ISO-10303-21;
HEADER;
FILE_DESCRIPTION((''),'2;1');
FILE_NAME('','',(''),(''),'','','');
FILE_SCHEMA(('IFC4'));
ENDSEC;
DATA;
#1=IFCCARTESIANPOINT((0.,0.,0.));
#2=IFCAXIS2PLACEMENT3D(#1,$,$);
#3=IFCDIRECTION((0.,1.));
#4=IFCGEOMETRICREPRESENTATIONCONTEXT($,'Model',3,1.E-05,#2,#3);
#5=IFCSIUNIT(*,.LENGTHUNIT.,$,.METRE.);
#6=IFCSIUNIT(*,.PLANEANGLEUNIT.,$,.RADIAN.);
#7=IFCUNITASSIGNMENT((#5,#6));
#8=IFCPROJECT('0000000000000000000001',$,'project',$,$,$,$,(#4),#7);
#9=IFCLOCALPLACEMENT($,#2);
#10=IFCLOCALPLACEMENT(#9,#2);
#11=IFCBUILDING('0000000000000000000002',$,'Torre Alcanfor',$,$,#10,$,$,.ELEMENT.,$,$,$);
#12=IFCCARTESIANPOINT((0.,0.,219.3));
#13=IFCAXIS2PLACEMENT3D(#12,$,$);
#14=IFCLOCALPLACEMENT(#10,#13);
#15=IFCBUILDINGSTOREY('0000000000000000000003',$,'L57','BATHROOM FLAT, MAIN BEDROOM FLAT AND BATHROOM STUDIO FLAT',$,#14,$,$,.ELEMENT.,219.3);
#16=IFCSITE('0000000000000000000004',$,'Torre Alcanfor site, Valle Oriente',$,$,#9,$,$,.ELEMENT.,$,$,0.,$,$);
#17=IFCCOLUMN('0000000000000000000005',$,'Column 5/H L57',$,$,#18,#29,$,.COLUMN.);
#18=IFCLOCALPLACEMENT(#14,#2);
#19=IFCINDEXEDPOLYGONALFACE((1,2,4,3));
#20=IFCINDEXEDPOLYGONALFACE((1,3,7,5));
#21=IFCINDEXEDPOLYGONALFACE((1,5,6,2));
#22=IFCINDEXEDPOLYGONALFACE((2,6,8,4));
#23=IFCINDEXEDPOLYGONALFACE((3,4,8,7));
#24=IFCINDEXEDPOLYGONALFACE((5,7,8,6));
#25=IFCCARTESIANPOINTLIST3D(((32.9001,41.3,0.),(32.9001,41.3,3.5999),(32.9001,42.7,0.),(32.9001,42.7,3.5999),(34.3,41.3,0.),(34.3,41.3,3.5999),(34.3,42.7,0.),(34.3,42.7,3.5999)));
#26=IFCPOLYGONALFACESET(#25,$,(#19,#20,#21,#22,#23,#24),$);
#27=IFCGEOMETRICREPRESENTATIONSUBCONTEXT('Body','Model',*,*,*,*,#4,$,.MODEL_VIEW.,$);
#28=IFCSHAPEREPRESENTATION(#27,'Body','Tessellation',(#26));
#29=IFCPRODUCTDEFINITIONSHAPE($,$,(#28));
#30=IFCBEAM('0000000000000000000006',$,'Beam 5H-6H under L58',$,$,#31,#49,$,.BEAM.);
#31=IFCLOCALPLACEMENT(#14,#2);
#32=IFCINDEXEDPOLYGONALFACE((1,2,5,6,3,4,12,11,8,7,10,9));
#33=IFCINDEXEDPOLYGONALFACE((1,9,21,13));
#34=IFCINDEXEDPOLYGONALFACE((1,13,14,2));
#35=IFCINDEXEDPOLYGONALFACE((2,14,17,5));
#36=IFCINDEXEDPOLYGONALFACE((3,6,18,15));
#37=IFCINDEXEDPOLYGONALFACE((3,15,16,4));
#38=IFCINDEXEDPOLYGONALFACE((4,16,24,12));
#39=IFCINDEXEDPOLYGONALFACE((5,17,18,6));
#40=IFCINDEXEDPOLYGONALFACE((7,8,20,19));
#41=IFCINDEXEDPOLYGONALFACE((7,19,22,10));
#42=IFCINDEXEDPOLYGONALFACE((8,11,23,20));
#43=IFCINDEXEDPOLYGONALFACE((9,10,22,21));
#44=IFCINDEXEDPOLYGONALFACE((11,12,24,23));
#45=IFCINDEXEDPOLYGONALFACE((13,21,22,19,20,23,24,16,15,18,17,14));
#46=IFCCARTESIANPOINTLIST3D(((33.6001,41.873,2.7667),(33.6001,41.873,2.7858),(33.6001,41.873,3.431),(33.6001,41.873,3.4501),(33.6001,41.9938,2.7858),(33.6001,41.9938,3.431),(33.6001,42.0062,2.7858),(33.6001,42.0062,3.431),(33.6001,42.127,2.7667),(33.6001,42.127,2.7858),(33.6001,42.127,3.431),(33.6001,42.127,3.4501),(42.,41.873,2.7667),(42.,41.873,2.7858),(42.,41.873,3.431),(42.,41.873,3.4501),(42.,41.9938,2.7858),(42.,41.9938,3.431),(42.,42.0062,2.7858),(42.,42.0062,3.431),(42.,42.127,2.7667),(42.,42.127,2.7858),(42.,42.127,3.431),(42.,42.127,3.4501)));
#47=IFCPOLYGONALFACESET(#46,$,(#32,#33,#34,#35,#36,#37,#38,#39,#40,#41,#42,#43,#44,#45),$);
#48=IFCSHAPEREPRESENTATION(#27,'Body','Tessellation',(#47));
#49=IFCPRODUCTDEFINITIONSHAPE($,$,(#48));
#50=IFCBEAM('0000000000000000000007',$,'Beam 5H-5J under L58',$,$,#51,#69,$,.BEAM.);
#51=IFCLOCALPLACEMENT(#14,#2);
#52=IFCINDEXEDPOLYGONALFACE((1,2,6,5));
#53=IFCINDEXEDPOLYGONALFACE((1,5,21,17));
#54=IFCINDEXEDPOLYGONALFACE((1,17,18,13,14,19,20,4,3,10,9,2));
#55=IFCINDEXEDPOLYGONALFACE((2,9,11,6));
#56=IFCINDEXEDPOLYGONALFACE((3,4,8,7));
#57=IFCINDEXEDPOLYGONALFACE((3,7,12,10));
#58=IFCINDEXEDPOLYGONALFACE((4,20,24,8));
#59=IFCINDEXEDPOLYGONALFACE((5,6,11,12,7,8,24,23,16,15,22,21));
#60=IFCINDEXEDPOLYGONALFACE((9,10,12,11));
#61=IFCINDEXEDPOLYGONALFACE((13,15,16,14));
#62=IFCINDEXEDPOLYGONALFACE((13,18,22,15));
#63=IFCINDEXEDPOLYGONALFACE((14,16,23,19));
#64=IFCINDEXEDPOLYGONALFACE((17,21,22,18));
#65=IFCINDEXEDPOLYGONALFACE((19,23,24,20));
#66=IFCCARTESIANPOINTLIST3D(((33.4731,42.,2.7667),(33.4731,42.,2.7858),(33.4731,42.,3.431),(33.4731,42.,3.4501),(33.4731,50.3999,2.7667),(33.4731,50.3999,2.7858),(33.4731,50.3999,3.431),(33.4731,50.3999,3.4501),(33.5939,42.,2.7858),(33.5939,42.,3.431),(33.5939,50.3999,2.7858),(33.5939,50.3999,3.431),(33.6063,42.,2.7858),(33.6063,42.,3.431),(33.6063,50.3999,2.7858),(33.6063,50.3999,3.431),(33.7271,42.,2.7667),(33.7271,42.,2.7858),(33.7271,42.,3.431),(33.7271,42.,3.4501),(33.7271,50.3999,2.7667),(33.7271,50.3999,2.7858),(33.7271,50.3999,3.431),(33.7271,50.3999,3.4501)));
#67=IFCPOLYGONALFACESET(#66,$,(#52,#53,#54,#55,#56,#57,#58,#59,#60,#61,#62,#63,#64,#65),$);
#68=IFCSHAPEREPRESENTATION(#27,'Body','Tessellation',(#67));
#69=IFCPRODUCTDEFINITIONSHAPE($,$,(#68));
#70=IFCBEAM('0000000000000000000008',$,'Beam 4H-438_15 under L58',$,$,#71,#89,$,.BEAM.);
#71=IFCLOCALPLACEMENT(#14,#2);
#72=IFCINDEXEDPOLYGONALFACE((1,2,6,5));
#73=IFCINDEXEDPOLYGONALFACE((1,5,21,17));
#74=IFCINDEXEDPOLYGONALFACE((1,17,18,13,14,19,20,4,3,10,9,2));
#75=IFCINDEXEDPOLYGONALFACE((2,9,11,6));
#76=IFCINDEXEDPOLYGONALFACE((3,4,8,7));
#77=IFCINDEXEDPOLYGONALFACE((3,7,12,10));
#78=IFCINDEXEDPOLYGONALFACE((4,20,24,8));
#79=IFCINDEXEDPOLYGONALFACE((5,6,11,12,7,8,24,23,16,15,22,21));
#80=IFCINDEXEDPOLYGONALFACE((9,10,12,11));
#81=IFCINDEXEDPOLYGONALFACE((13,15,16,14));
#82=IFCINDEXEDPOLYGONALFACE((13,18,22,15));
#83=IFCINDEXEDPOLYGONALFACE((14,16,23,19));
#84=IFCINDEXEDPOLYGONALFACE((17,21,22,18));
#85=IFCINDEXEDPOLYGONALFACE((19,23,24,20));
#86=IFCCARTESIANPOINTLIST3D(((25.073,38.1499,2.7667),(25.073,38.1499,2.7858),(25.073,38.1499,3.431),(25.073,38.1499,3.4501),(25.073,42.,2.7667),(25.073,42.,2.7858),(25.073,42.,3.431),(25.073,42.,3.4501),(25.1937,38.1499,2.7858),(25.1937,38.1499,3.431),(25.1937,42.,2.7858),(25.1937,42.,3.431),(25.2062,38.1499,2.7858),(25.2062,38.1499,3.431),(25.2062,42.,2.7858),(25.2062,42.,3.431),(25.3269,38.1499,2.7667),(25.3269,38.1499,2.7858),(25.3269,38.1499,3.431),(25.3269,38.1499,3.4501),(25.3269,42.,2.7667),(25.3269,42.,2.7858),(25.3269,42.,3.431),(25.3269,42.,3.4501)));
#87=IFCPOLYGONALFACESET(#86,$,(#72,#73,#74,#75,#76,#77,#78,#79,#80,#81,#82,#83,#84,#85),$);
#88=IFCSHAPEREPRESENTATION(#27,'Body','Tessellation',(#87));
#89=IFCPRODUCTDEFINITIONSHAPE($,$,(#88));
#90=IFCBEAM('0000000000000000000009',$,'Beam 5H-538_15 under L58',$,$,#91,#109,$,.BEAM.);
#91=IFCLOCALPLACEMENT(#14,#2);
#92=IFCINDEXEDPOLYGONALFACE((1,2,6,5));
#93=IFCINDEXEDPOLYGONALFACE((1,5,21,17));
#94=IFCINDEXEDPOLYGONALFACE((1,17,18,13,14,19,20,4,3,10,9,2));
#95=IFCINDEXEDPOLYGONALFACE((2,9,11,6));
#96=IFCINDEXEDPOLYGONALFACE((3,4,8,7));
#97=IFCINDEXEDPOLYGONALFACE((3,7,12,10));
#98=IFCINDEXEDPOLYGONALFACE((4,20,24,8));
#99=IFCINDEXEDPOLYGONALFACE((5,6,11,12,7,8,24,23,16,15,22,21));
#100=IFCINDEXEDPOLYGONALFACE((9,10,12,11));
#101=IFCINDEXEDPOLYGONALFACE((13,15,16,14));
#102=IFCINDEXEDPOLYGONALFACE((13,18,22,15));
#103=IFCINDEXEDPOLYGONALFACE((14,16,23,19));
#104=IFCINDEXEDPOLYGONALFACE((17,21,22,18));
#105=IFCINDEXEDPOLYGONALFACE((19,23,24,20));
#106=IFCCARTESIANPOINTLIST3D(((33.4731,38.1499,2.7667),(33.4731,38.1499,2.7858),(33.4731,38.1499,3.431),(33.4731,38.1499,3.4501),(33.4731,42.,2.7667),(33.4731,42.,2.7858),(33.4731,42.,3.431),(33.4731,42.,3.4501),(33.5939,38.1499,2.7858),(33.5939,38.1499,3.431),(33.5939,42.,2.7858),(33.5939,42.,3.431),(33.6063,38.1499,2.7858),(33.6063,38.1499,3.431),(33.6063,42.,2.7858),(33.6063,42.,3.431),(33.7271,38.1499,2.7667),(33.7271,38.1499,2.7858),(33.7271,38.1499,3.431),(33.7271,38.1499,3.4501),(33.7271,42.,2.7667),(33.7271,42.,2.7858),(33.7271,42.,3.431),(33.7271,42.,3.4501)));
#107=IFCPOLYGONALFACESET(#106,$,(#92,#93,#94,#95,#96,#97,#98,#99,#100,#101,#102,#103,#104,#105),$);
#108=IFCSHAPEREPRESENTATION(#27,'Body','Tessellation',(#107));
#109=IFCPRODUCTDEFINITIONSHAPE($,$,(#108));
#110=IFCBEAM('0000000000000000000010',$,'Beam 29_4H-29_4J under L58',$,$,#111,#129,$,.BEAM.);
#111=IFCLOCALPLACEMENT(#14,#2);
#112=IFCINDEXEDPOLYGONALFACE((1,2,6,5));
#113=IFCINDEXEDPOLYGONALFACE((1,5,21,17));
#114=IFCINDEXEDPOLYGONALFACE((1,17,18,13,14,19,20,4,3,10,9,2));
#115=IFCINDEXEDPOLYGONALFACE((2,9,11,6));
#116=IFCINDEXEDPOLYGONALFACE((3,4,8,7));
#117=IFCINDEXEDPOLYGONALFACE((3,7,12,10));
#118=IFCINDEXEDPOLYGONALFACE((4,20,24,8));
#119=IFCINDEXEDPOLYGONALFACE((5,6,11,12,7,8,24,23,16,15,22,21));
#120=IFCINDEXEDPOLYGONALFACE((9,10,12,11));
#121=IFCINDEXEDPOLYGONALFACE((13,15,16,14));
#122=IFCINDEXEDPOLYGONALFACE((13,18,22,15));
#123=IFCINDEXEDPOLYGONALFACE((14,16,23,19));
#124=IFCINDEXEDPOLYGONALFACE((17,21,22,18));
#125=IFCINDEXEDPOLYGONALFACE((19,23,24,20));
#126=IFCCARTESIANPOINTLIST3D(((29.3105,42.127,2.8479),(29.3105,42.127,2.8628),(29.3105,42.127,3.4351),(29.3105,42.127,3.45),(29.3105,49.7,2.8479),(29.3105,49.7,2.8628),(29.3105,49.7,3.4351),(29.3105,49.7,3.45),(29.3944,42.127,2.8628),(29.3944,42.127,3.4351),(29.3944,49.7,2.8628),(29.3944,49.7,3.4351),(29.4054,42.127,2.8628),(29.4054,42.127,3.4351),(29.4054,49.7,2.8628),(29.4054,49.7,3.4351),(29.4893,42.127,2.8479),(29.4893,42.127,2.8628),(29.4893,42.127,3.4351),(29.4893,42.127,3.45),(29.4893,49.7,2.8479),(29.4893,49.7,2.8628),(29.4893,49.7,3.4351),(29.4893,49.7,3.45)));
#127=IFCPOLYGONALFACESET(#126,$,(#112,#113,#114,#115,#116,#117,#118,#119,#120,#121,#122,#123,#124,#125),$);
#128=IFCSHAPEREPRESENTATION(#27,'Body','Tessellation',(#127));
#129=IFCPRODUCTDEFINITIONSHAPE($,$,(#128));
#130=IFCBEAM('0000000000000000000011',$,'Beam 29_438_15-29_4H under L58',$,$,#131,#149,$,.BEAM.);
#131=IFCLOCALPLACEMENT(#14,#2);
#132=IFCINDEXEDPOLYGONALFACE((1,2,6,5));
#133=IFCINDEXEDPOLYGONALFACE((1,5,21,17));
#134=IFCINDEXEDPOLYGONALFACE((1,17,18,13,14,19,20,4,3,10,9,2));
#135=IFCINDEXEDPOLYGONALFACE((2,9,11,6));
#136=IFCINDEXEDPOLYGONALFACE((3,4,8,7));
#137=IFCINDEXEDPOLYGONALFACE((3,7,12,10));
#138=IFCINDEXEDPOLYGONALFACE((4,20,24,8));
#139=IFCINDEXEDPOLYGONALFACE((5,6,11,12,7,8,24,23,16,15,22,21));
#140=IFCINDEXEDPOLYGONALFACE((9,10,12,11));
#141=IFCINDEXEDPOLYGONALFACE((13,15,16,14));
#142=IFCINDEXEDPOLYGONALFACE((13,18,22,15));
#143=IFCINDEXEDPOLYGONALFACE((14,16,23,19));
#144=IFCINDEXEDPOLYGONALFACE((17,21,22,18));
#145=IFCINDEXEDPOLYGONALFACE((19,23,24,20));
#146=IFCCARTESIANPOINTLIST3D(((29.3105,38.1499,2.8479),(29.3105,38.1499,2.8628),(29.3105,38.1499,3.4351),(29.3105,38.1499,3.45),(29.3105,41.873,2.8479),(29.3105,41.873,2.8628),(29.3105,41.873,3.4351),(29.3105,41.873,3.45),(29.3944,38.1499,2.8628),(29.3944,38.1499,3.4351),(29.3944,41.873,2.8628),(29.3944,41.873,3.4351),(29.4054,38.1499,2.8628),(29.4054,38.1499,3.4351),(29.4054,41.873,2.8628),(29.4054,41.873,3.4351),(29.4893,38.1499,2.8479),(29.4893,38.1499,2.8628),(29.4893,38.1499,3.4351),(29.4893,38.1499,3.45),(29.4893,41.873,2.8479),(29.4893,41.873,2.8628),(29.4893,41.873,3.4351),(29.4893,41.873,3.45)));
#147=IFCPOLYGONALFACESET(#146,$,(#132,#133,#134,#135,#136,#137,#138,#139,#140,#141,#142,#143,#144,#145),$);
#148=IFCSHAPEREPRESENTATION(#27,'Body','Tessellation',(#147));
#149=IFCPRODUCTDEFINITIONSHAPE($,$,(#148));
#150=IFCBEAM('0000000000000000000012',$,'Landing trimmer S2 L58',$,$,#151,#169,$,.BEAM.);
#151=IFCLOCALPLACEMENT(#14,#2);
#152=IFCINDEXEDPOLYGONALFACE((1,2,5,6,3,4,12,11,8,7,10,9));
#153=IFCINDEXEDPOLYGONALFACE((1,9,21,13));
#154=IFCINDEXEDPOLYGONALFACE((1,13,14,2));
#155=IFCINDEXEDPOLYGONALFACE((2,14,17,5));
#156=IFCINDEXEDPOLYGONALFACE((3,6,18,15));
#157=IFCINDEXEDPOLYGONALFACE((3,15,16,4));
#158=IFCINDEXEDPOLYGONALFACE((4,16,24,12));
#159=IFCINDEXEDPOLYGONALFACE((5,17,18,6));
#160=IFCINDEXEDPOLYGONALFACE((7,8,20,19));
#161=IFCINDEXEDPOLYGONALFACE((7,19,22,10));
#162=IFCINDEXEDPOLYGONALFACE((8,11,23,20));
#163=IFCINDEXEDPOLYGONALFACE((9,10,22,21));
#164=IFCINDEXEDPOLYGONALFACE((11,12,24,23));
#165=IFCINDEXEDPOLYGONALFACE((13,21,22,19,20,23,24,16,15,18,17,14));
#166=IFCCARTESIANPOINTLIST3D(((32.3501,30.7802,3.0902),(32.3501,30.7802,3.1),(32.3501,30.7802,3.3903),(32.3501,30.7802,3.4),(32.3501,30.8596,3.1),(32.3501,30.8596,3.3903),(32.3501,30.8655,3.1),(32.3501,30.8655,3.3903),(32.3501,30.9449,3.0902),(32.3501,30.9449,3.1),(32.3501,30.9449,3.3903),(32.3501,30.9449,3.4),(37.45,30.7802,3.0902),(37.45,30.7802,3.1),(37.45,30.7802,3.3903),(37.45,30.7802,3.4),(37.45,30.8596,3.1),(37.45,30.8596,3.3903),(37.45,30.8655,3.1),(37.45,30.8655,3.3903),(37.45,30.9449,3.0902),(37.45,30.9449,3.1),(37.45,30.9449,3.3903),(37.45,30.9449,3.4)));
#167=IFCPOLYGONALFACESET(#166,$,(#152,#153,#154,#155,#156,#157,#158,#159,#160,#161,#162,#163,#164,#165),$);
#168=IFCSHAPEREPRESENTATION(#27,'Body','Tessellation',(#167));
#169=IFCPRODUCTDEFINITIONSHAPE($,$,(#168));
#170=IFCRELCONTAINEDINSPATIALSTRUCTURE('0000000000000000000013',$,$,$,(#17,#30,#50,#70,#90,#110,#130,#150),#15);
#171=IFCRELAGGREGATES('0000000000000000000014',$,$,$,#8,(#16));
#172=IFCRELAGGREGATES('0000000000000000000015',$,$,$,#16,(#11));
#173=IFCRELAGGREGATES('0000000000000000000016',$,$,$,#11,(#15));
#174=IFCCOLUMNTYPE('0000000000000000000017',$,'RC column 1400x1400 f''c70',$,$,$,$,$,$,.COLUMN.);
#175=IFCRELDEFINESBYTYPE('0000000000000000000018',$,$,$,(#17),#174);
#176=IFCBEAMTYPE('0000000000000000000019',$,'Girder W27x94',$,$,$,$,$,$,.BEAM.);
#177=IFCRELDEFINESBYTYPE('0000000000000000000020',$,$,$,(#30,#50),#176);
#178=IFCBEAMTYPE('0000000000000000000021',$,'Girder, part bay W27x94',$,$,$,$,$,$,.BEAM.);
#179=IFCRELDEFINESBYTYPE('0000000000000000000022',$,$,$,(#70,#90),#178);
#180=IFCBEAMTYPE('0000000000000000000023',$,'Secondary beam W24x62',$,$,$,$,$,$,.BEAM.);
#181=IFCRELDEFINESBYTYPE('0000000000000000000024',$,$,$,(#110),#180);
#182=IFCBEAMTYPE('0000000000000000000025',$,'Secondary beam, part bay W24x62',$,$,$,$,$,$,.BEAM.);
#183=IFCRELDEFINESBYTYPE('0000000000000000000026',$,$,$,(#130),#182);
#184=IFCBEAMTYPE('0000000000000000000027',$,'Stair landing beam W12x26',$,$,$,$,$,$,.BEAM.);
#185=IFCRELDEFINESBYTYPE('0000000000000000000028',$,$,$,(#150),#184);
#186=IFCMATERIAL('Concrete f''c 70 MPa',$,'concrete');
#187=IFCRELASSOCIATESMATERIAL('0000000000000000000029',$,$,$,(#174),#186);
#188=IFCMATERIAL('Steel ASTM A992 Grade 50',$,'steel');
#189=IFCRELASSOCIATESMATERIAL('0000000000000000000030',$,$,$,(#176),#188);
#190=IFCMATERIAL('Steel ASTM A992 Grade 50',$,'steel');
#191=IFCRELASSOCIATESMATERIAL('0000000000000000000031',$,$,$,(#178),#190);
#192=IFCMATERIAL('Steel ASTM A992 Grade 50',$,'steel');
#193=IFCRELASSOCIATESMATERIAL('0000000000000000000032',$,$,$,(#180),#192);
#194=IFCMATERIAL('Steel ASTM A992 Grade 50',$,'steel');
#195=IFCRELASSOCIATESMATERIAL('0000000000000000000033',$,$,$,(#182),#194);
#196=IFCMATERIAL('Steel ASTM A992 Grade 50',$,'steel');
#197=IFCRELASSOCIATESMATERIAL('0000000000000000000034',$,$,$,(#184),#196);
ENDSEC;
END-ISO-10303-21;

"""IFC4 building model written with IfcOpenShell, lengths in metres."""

from ifc_helpers import new_model, si_unit, direction, frame, origin, origin_2d, place, context, subcontext, project, spatial, rectangle, i_section, extrude, material, material_profile, profile_set, type_object, element, save


model = new_model("IFC4")

# Units and contexts
model_context = context("Model", 3, precision=1e-05, world=origin(), true_north=direction((0.0, 1.0)))
body_context = subcontext(model_context, "Body", "Model", "MODEL_VIEW")
ifc_project = project(units=[si_unit("LENGTHUNIT", "METRE"), si_unit("PLANEANGLEUNIT", "RADIAN")], contexts=[model_context])

# Site, building, storey
site_placement = place(None, origin())
site = spatial("IfcSite", under=ifc_project, at=site_placement, Name="Torre Alcanfor site, Valle Oriente", CompositionType="ELEMENT", RefElevation=0.0)
building_placement = place(site_placement, origin())
building = spatial("IfcBuilding", under=site, at=building_placement, Name="Torre Alcanfor", CompositionType="ELEMENT")
storey_placement = place(building_placement, frame((0.0, 0.0, 219.3)))
storey = spatial("IfcBuildingStorey", under=building, at=storey_placement, Name="L57", Description="BATHROOM FLAT, MAIN BEDROOM FLAT AND BATHROOM STUDIO FLAT", CompositionType="ELEMENT", Elevation=219.3)

# Column
ifc_material_1 = material(Name="Concrete f'c 70 MPa", Category="concrete")
ifc_material_profile_1 = material_profile(ifc_material_1, rectangle(XDim=1.3999, YDim=1.3999, at=origin_2d()), Name="1400x1400")
ifc_profile_set_1 = profile_set([ifc_material_profile_1], Name="Concrete f'c 70 MPa")
column_type = type_object("IfcColumnType", Name="RC column 1400x1400 f'c70", PredefinedType="COLUMN", material=ifc_profile_set_1)
column_placement = place(storey_placement, frame((33.6001, 42.0, 0.0), z_axis=(0.0, 0.0, 1.0), x_axis=(1.0, 0.0, 0.0)))
element("IfcColumn", 1, at=column_placement, inside=storey, type_object=column_type, Name="Column 5/H L57", PredefinedType="COLUMN", context=body_context, shape_type="SweptSolid", body=[
    extrude(rectangle(XDim=1.3999, YDim=1.3999, at=origin_2d()), origin(), (0.0, 0.0, 1.0), 3.5999),
])

# Beams
ifc_material_2 = material(Name="Steel ASTM A992 Grade 50", Category="steel")
ifc_material_profile_2 = material_profile(ifc_material_2, i_section(OverallWidth=0.2539, OverallDepth=0.6833, WebThickness=0.0125, FlangeThickness=0.019, at=origin_2d()), Name="W27x94")
ifc_profile_set_2 = profile_set([ifc_material_profile_2], Name="Steel ASTM A992 Grade 50")
beam_type_1 = type_object("IfcBeamType", Name="Girder W27x94", PredefinedType="BEAM", material=ifc_profile_set_2)
for number, where, z_axis, x_axis, name in (
    (2, (33.6001, 42.0, 3.1084), (1.0, 0.0, 0.0), (0.0, 1.0, 0.0), "Beam 5H-6H under L58"),
    (3, (33.6001, 42.0, 3.1084), (0.0, 1.0, 0.0), (-1.0, 0.0, 0.0), "Beam 5H-5J under L58"),
):
    element("IfcBeam", number, at=place(storey_placement, frame(where, z_axis=z_axis, x_axis=x_axis)), inside=storey, type_object=beam_type_1, Name=name, PredefinedType="BEAM", context=body_context, shape_type="SweptSolid", body=[
        extrude(i_section(OverallWidth=0.2539, OverallDepth=0.6833, WebThickness=0.0125, FlangeThickness=0.019, at=origin_2d()), origin(), (0.0, 0.0, 1.0), 8.3999),
    ])
ifc_material_3 = material(Name="Steel ASTM A992 Grade 50", Category="steel")
ifc_material_profile_3 = material_profile(ifc_material_3, i_section(OverallWidth=0.2539, OverallDepth=0.6833, WebThickness=0.0125, FlangeThickness=0.019, at=origin_2d()), Name="W27x94")
ifc_profile_set_3 = profile_set([ifc_material_profile_3], Name="Steel ASTM A992 Grade 50")
beam_type_2 = type_object("IfcBeamType", Name="Girder, part bay W27x94", PredefinedType="BEAM", material=ifc_profile_set_3)
for number, where, z_axis, x_axis, name in (
    (4, (25.2, 42.0, 3.1084), (0.0, -1.0, 0.0), (1.0, 0.0, 0.0), "Beam 4H-438_15 under L58"),
    (5, (33.6001, 42.0, 3.1084), (0.0, -1.0, 0.0), (1.0, 0.0, 0.0), "Beam 5H-538_15 under L58"),
):
    element("IfcBeam", number, at=place(storey_placement, frame(where, z_axis=z_axis, x_axis=x_axis)), inside=storey, type_object=beam_type_2, Name=name, PredefinedType="BEAM", context=body_context, shape_type="SweptSolid", body=[
        extrude(i_section(OverallWidth=0.2539, OverallDepth=0.6833, WebThickness=0.0125, FlangeThickness=0.019, at=origin_2d()), origin(), (0.0, 0.0, 1.0), 3.8501),
    ])
ifc_material_4 = material(Name="Steel ASTM A992 Grade 50", Category="steel")
ifc_material_profile_4 = material_profile(ifc_material_4, i_section(OverallWidth=0.1787, OverallDepth=0.6021, WebThickness=0.011, FlangeThickness=0.0149, at=origin_2d()), Name="W24x62")
ifc_profile_set_4 = profile_set([ifc_material_profile_4], Name="Steel ASTM A992 Grade 50")
beam_type_3 = type_object("IfcBeamType", Name="Secondary beam W24x62", PredefinedType="BEAM", material=ifc_profile_set_4)
beam_1_placement = place(storey_placement, frame((29.3999, 42.127, 3.1489), z_axis=(0.0, 1.0, 0.0), x_axis=(-1.0, 0.0, 0.0)))
element("IfcBeam", 6, at=beam_1_placement, inside=storey, type_object=beam_type_3, Name="Beam 29_4H-29_4J under L58", PredefinedType="BEAM", context=body_context, shape_type="SweptSolid", body=[
    extrude(i_section(OverallWidth=0.1787, OverallDepth=0.6021, WebThickness=0.011, FlangeThickness=0.0149, at=origin_2d()), origin(), (0.0, 0.0, 1.0), 7.573),
])
ifc_material_5 = material(Name="Steel ASTM A992 Grade 50", Category="steel")
ifc_material_profile_5 = material_profile(ifc_material_5, i_section(OverallWidth=0.1787, OverallDepth=0.6021, WebThickness=0.011, FlangeThickness=0.0149, at=origin_2d()), Name="W24x62")
ifc_profile_set_5 = profile_set([ifc_material_profile_5], Name="Steel ASTM A992 Grade 50")
beam_type_4 = type_object("IfcBeamType", Name="Secondary beam, part bay W24x62", PredefinedType="BEAM", material=ifc_profile_set_5)
beam_2_placement = place(storey_placement, frame((29.3999, 38.1499, 3.1489), z_axis=(0.0, 1.0, 0.0), x_axis=(-1.0, 0.0, 0.0)))
element("IfcBeam", 7, at=beam_2_placement, inside=storey, type_object=beam_type_4, Name="Beam 29_438_15-29_4H under L58", PredefinedType="BEAM", context=body_context, shape_type="SweptSolid", body=[
    extrude(i_section(OverallWidth=0.1787, OverallDepth=0.6021, WebThickness=0.011, FlangeThickness=0.0149, at=origin_2d()), origin(), (0.0, 0.0, 1.0), 3.7231),
])
ifc_material_6 = material(Name="Steel ASTM A992 Grade 50", Category="steel")
ifc_material_profile_6 = material_profile(ifc_material_6, i_section(OverallWidth=0.1648, OverallDepth=0.3098, WebThickness=0.0059, FlangeThickness=0.0098, at=origin_2d()), Name="W12x26")
ifc_profile_set_6 = profile_set([ifc_material_profile_6], Name="Steel ASTM A992 Grade 50")
beam_type_5 = type_object("IfcBeamType", Name="Stair landing beam W12x26", PredefinedType="BEAM", material=ifc_profile_set_6)
beam_3_placement = place(storey_placement, frame((32.3501, 30.8625, 3.2451), z_axis=(1.0, 0.0, 0.0), x_axis=(0.0, 1.0, 0.0)))
element("IfcBeam", 8, at=beam_3_placement, inside=storey, type_object=beam_type_5, Name="Landing trimmer S2 L58", PredefinedType="BEAM", context=body_context, shape_type="SweptSolid", body=[
    extrude(i_section(OverallWidth=0.1648, OverallDepth=0.3098, WebThickness=0.0059, FlangeThickness=0.0098, at=origin_2d()), origin(), (0.0, 0.0, 1.0), 5.0999),
])

save(model, "model.ifc")
